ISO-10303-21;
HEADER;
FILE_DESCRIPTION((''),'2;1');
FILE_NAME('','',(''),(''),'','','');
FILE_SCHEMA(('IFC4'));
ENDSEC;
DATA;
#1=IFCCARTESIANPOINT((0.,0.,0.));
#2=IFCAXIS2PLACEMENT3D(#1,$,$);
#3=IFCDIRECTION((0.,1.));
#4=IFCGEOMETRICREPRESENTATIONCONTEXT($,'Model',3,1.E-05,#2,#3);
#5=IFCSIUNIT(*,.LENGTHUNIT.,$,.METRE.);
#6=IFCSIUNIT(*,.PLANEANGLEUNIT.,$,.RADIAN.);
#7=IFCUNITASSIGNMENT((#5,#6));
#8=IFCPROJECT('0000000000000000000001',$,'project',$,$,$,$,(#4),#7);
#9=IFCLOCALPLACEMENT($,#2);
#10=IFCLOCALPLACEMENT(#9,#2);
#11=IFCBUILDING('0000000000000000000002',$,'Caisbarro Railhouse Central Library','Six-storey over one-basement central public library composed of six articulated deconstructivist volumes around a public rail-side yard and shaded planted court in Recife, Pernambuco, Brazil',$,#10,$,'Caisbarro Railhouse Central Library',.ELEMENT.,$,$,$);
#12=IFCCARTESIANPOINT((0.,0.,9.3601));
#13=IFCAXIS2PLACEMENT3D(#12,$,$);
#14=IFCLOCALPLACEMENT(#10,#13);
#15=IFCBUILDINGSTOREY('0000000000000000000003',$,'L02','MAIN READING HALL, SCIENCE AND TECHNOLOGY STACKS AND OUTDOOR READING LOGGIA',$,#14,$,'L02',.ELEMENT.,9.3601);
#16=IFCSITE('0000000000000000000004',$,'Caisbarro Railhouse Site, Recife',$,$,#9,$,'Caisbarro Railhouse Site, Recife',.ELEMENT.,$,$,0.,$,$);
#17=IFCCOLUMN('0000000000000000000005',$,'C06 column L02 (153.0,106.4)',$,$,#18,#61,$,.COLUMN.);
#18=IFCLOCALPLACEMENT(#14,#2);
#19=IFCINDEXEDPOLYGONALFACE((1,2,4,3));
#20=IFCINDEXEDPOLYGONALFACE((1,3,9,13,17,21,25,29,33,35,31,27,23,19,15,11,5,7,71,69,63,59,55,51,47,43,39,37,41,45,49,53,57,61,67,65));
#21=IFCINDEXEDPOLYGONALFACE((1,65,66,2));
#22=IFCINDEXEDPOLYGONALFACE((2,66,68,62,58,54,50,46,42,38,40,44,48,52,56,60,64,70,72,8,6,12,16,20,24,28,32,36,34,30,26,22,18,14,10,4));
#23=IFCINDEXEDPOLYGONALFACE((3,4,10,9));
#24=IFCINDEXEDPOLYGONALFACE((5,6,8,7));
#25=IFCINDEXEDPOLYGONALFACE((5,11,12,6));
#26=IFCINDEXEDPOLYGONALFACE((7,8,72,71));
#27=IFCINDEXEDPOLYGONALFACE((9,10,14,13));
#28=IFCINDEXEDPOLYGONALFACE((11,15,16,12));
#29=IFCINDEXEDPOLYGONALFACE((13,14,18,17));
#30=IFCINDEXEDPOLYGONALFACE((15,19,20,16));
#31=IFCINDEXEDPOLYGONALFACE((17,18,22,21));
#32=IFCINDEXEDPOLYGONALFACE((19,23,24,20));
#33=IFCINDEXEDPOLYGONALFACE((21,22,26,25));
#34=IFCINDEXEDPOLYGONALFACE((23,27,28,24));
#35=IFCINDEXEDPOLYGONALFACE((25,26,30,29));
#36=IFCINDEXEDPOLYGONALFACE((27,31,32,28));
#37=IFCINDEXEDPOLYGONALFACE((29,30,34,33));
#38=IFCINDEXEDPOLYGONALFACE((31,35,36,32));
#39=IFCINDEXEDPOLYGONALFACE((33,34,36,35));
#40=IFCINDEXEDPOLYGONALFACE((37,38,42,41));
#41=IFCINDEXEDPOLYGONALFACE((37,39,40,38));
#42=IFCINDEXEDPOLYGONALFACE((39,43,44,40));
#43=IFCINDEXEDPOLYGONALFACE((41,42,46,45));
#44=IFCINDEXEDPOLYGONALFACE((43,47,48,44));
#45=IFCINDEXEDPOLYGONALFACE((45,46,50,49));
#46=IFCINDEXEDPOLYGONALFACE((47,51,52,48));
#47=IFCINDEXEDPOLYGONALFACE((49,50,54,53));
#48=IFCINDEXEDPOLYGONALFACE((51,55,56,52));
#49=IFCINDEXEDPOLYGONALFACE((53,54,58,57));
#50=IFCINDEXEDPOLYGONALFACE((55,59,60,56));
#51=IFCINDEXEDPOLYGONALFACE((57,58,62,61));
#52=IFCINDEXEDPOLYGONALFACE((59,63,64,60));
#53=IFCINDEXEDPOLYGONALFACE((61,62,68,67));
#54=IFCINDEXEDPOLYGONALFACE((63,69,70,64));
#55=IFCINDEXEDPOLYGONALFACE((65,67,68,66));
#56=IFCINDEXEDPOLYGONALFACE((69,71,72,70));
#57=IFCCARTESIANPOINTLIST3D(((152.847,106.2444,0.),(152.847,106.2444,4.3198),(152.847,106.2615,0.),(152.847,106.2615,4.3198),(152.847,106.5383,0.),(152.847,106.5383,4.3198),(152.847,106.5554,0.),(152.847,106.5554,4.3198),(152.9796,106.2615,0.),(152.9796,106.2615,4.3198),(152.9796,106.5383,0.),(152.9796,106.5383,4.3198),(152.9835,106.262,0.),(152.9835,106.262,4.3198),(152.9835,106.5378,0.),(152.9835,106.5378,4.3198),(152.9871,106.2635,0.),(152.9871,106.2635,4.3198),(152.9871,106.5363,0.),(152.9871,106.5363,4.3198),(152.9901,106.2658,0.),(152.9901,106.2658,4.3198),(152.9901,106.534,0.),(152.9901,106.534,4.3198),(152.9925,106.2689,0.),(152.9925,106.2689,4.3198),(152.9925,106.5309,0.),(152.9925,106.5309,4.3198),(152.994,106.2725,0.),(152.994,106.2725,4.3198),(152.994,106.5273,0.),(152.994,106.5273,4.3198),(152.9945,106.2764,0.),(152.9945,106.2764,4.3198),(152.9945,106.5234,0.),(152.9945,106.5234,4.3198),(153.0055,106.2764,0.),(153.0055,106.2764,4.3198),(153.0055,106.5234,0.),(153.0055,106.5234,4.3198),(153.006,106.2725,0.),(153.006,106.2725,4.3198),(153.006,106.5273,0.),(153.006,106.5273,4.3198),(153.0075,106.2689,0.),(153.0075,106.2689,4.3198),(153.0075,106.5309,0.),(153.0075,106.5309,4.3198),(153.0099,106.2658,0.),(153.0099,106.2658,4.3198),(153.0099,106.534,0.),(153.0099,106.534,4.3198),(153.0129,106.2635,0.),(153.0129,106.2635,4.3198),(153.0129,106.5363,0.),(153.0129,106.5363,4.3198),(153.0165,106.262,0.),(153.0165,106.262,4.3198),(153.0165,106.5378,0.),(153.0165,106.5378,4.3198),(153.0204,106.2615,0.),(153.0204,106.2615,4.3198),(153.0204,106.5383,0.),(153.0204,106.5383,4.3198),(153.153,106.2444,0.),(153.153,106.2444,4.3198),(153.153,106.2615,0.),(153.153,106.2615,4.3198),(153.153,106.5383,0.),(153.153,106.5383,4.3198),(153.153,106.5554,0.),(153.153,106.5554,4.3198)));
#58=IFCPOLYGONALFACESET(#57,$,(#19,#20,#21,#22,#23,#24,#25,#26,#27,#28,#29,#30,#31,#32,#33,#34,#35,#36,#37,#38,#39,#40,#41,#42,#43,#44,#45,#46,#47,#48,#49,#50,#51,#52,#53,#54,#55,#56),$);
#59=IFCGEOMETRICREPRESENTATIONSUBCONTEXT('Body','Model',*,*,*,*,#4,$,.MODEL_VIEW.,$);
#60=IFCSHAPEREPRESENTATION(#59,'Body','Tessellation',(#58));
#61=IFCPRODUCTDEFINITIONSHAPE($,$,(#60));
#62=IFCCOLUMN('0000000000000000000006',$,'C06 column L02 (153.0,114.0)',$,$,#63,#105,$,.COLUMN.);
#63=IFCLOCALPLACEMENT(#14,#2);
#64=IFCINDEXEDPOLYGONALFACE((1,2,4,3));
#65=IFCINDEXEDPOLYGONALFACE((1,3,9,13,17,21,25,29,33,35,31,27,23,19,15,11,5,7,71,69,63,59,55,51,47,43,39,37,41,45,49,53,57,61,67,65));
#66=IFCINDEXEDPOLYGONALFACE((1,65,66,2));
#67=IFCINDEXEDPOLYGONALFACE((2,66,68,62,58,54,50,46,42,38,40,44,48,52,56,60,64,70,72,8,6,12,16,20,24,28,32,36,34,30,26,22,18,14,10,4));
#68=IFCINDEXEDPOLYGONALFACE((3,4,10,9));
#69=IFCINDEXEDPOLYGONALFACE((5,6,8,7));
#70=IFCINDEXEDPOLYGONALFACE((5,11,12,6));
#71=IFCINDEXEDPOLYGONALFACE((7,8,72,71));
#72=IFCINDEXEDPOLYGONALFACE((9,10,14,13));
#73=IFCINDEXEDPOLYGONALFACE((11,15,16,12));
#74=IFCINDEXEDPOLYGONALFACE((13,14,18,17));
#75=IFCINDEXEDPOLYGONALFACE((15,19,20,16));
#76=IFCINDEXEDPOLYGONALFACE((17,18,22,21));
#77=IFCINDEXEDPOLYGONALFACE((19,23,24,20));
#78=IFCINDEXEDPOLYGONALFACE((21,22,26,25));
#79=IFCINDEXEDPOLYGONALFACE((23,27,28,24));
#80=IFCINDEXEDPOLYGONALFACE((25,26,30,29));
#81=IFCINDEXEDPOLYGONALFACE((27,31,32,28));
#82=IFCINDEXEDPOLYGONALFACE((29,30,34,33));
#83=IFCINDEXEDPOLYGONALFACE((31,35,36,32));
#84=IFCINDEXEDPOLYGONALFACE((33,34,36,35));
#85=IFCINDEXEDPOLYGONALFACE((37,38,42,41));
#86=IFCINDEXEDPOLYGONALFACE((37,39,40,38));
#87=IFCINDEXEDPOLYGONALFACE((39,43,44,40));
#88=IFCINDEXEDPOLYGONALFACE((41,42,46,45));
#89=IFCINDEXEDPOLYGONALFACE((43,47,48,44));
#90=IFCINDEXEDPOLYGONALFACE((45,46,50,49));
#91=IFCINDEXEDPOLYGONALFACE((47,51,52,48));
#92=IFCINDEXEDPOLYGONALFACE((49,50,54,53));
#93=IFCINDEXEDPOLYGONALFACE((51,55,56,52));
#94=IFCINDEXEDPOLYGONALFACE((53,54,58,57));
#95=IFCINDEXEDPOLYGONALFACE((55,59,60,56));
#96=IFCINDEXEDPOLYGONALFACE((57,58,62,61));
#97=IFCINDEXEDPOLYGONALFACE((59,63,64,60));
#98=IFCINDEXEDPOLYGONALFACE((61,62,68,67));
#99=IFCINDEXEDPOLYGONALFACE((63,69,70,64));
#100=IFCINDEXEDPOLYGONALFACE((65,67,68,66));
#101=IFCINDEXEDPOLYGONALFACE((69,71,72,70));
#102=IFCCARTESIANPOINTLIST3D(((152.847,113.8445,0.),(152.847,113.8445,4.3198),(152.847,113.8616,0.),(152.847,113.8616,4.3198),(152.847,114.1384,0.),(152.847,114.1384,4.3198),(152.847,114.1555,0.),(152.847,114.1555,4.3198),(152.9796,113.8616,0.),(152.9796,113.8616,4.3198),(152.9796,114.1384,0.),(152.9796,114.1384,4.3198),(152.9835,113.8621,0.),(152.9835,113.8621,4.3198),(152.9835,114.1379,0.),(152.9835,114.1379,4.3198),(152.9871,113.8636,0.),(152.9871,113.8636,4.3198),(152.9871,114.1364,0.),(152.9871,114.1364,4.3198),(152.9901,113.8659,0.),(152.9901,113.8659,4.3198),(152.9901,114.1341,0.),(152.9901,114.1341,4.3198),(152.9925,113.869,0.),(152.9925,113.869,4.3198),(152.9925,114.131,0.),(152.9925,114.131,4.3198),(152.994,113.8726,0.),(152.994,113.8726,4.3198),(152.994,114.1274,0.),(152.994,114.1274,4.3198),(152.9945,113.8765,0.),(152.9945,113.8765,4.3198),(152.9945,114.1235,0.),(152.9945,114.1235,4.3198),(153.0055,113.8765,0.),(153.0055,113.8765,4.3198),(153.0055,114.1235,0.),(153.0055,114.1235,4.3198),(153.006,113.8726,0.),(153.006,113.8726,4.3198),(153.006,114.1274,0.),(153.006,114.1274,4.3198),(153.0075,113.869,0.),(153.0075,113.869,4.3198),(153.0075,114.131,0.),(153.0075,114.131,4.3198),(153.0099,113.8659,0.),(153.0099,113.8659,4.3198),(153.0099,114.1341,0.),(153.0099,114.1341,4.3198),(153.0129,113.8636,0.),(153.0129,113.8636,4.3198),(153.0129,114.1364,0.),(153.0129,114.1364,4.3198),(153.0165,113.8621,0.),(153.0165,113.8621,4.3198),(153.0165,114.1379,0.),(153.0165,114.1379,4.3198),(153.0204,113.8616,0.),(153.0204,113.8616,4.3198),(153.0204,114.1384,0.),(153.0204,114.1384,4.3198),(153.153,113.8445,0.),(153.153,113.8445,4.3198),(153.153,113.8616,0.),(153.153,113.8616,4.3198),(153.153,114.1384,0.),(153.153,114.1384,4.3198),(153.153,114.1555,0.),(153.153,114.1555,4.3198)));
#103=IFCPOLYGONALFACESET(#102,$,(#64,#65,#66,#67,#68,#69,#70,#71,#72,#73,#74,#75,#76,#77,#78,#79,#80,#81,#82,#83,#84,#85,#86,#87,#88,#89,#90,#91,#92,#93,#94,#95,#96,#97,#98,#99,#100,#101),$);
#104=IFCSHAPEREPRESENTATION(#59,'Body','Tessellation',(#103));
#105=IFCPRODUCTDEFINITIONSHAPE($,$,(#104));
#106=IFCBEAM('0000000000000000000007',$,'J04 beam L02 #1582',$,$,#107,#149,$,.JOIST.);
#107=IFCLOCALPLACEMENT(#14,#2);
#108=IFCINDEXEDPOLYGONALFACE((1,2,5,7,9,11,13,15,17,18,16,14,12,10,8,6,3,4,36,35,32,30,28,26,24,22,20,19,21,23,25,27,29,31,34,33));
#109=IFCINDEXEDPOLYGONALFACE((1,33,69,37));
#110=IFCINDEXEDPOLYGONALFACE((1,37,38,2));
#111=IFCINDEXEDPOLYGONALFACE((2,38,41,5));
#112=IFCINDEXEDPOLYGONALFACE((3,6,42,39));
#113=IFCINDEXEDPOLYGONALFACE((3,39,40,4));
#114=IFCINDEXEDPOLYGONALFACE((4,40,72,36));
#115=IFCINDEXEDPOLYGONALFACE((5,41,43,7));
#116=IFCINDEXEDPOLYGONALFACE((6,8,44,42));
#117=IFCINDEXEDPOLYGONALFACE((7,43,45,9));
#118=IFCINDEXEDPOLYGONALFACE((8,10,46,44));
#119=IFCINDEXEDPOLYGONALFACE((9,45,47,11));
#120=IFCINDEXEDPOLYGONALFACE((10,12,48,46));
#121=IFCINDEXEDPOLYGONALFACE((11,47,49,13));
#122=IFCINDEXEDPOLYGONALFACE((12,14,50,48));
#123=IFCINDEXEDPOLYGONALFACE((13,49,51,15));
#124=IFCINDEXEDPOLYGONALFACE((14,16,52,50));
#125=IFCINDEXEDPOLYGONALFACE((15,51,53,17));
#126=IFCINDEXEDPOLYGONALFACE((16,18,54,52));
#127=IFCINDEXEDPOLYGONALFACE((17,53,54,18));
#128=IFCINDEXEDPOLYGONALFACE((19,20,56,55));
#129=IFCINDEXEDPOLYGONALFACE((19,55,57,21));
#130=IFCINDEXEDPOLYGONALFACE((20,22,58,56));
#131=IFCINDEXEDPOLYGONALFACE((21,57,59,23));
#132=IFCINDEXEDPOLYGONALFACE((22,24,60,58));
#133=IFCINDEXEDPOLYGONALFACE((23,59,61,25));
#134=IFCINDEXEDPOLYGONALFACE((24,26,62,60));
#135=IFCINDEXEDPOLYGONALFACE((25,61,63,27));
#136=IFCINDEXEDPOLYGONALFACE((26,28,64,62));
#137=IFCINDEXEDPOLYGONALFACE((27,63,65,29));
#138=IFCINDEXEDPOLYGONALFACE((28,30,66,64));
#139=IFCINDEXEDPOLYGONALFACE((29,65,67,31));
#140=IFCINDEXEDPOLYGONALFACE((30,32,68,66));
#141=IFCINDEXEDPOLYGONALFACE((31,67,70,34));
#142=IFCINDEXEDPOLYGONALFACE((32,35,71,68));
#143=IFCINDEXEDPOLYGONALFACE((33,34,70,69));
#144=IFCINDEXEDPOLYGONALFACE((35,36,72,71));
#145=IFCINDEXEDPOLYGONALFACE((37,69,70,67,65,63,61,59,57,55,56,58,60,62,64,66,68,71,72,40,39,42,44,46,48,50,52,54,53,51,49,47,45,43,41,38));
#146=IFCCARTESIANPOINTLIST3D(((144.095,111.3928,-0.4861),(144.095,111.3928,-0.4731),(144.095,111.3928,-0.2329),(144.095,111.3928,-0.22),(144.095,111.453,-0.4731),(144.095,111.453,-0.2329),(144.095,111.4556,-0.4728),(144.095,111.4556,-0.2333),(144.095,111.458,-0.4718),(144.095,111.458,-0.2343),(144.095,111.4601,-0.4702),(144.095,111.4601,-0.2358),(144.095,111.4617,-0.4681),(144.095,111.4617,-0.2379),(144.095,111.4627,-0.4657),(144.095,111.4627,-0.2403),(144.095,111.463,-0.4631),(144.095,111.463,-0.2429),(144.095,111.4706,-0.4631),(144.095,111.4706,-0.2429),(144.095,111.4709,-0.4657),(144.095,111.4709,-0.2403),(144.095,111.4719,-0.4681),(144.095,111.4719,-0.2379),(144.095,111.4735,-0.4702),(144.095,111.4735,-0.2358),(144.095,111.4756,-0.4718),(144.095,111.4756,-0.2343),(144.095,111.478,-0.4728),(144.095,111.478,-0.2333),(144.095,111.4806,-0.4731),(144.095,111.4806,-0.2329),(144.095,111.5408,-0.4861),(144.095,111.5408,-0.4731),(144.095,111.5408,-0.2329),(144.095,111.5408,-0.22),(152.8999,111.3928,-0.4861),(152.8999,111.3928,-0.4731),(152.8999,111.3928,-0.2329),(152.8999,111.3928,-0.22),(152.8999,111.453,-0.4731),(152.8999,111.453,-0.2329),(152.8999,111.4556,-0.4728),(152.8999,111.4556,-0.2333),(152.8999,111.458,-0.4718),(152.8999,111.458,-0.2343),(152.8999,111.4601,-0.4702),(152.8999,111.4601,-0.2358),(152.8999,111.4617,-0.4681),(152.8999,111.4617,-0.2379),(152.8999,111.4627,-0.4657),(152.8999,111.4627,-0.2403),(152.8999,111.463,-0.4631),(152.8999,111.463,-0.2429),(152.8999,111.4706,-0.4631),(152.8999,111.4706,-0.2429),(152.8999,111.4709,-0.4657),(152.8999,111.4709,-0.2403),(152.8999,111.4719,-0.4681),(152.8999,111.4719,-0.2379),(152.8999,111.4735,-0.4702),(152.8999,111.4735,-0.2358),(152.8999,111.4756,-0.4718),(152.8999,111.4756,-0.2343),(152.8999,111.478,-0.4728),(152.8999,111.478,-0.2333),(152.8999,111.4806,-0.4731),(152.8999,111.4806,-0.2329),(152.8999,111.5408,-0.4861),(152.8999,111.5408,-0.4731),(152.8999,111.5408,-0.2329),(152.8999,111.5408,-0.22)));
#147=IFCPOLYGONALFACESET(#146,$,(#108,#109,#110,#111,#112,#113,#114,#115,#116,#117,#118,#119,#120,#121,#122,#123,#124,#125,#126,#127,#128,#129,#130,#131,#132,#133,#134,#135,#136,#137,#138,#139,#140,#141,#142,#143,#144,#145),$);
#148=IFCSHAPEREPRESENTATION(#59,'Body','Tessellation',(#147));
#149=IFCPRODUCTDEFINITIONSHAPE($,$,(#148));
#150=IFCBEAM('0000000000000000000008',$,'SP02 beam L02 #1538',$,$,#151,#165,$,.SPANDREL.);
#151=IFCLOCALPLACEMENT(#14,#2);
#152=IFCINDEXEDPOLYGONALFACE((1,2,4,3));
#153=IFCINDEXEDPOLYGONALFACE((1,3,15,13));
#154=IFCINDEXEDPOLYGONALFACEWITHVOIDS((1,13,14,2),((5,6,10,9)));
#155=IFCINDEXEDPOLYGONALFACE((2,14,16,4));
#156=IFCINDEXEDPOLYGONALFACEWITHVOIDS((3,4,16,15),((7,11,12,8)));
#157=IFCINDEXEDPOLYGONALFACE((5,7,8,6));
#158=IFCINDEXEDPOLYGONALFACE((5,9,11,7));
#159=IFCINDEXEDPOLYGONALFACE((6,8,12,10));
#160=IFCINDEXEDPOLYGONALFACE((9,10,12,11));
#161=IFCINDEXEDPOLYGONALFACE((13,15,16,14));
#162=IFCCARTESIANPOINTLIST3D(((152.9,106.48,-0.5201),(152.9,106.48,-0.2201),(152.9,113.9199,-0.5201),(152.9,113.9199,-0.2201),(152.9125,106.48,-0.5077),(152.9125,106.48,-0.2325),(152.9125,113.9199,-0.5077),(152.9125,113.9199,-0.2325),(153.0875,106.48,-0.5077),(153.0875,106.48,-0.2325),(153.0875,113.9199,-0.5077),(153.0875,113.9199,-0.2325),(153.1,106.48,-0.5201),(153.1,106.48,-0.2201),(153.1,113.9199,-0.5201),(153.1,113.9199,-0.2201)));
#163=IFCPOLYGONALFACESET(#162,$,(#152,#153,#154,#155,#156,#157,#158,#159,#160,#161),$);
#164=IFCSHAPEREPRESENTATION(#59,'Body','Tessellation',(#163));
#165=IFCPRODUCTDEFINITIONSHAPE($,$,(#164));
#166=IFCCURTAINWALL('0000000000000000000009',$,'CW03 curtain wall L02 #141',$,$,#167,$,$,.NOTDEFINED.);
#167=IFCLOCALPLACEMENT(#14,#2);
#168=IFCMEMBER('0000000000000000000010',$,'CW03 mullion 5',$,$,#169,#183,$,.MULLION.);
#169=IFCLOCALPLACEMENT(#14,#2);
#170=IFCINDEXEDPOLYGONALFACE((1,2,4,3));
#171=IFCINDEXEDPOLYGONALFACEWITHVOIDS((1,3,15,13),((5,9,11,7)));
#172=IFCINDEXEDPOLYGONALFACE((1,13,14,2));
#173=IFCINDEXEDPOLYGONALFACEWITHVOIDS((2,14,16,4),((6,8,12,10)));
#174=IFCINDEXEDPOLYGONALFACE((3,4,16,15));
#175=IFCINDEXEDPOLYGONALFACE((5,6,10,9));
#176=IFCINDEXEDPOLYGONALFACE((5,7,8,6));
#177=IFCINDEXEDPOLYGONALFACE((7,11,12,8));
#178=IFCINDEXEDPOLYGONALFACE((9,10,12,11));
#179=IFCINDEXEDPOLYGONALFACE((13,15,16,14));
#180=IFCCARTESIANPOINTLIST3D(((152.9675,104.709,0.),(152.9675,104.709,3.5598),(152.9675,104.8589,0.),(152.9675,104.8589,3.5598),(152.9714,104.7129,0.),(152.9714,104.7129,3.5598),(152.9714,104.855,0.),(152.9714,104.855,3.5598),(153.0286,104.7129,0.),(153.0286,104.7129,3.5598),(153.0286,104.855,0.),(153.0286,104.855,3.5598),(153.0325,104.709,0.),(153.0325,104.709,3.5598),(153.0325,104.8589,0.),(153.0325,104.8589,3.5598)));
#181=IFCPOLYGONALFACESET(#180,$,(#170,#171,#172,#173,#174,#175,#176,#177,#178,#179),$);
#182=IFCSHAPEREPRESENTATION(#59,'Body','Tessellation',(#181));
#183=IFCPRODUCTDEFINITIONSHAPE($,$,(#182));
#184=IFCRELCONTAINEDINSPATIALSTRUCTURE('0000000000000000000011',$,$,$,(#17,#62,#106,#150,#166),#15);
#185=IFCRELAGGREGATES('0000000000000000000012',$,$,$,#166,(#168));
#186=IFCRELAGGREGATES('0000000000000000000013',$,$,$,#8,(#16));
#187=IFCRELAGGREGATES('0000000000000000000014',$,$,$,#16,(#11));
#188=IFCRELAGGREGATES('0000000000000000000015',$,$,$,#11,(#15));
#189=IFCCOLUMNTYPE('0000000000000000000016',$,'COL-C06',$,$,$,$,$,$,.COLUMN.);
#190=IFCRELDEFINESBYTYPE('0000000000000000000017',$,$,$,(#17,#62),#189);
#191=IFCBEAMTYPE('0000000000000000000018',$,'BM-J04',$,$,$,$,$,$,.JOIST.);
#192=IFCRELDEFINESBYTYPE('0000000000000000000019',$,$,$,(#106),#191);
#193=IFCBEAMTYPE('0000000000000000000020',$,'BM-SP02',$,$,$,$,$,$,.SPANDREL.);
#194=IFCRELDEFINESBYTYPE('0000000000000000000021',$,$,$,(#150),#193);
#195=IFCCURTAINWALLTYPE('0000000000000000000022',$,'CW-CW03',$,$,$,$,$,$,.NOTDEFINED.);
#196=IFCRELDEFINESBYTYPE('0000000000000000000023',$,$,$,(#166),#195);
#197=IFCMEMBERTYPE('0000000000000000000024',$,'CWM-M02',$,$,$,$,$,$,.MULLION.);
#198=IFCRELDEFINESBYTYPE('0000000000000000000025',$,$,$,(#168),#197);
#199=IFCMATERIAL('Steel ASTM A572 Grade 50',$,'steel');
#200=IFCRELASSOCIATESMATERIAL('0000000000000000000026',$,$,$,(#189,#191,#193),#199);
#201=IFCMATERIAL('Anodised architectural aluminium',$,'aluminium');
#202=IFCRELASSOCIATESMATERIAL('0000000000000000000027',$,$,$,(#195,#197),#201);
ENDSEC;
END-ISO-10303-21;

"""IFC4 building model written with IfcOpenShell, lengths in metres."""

from ifc_helpers import new_model, si_unit, direction, frame, origin, origin_2d, place, context, subcontext, project, spatial, hollow_rectangle, i_section, extrude, material, material_profile, profile_set, type_object, element, aggregate, save


model = new_model("IFC4")

# Units and contexts
model_context = context("Model", 3, precision=1e-05, world=origin(), true_north=direction((0.0, 1.0)))
body_context = subcontext(model_context, "Body", "Model", "MODEL_VIEW")
ifc_project = project(units=[si_unit("LENGTHUNIT", "METRE"), si_unit("PLANEANGLEUNIT", "RADIAN")], contexts=[model_context])

# Site, building, storey
site_placement = place(None, origin())
site = spatial("IfcSite", under=ifc_project, at=site_placement, Name="Caisbarro Railhouse Site, Recife", LongName="Caisbarro Railhouse Site, Recife", CompositionType="ELEMENT", RefElevation=0.0)
building_placement = place(site_placement, origin())
building = spatial("IfcBuilding", under=site, at=building_placement, Name="Caisbarro Railhouse Central Library", Description="Six-storey over one-basement central public library composed of six articulated deconstructivist volumes around a public rail-side yard and shaded planted court in Recife, Pernambuco, Brazil", LongName="Caisbarro Railhouse Central Library", CompositionType="ELEMENT")
storey_placement = place(building_placement, frame((0.0, 0.0, 9.3601)))
storey = spatial("IfcBuildingStorey", under=building, at=storey_placement, Name="L02", Description="MAIN READING HALL, SCIENCE AND TECHNOLOGY STACKS AND OUTDOOR READING LOGGIA", LongName="L02", CompositionType="ELEMENT", Elevation=9.3601)

# Columns
ifc_material_1 = material(Name="Steel ASTM A572 Grade 50", Category="steel")
ifc_material_profile_1 = material_profile(ifc_material_1, i_section(OverallWidth=0.3059, OverallDepth=0.311, WebThickness=0.011, FlangeThickness=0.0171, FilletRadius=0.0149, at=origin_2d()), Name="W310X107.0")
ifc_profile_set_1 = profile_set([ifc_material_profile_1], Name="Steel ASTM A572 Grade 50")
column_type = type_object("IfcColumnType", Name="COL-C06", PredefinedType="COLUMN", material=ifc_profile_set_1)
for number, where, z_axis, x_axis, name in (
    (1, (153.0, 106.3999, 0.0), (0.0, 0.0, 1.0), (1.0, 0.0, 0.0), "C06 column L02 (153.0,106.4)"),
    (2, (153.0, 114.0, 0.0), (0.0, 0.0, 1.0), (1.0, 0.0, 0.0), "C06 column L02 (153.0,114.0)"),
):
    element("IfcColumn", number, at=place(storey_placement, frame(where, z_axis=z_axis, x_axis=x_axis)), inside=storey, type_object=column_type, Name=name, PredefinedType="COLUMN", context=body_context, shape_type="SweptSolid", body=[
        extrude(i_section(OverallWidth=0.3059, OverallDepth=0.311, WebThickness=0.011, FlangeThickness=0.0171, FilletRadius=0.0149, at=origin_2d()), origin(), (0.0, 0.0, 1.0), 4.3198),
    ])

# Beams
ifc_material_profile_2 = material_profile(ifc_material_1, i_section(OverallWidth=0.1479, OverallDepth=0.2661, WebThickness=0.0076, FlangeThickness=0.0129, FilletRadius=0.01, at=origin_2d()), Name="W250X44.8")
ifc_profile_set_2 = profile_set([ifc_material_profile_2], Name="Steel ASTM A572 Grade 50")
beam_type_1 = type_object("IfcBeamType", Name="BM-J04", PredefinedType="JOIST", material=ifc_profile_set_2)
beam_1_placement = place(storey_placement, frame((144.095, 111.4668, -0.353), z_axis=(1.0, 0.0, 0.0), x_axis=(0.0, 1.0, 0.0)))
element("IfcBeam", 3, at=beam_1_placement, inside=storey, type_object=beam_type_1, Name="J04 beam L02 #1582", PredefinedType="JOIST", context=body_context, shape_type="SweptSolid", body=[
    extrude(i_section(OverallWidth=0.1479, OverallDepth=0.2661, WebThickness=0.0076, FlangeThickness=0.0129, FilletRadius=0.01, at=origin_2d()), origin(), (0.0, 0.0, 1.0), 8.8049),
])
ifc_material_profile_3 = material_profile(ifc_material_1, hollow_rectangle(XDim=0.2, YDim=0.3, WallThickness=0.0125, at=origin_2d()), Name="HSS300X200X12.5")
ifc_profile_set_3 = profile_set([ifc_material_profile_3], Name="Steel ASTM A572 Grade 50")
beam_type_2 = type_object("IfcBeamType", Name="BM-SP02", PredefinedType="SPANDREL", material=ifc_profile_set_3)
beam_2_placement = place(storey_placement, frame((153.0, 106.48, -0.3701), z_axis=(0.0, 1.0, 0.0), x_axis=(-1.0, 0.0, 0.0)))
element("IfcBeam", 4, at=beam_2_placement, inside=storey, type_object=beam_type_2, Name="SP02 beam L02 #1538", PredefinedType="SPANDREL", context=body_context, shape_type="SweptSolid", body=[
    extrude(hollow_rectangle(XDim=0.2, YDim=0.3, WallThickness=0.0125, at=origin_2d()), origin(), (0.0, 0.0, 1.0), 7.4399),
])

# Curtain wall, member
ifc_material_2 = material(Name="Anodised architectural aluminium", Category="aluminium")
curtain_wall_type = type_object("IfcCurtainWallType", Name="CW-CW03", PredefinedType="NOTDEFINED", material=ifc_material_2)
curtain_wall_placement = place(storey_placement, origin())
curtain_wall = element("IfcCurtainWall", 5, at=curtain_wall_placement, inside=storey, type_object=curtain_wall_type, Name="CW03 curtain wall L02 #141", PredefinedType="NOTDEFINED")
ifc_material_profile_4 = material_profile(ifc_material_2, hollow_rectangle(XDim=0.0649, YDim=0.1499, WallThickness=0.0039, at=origin_2d()), Name="ALU-MUL-65X150")
ifc_profile_set_4 = profile_set([ifc_material_profile_4], Name="Anodised architectural aluminium")
member_type_1 = type_object("IfcMemberType", Name="CWM-M02", PredefinedType="MULLION", material=ifc_profile_set_4)
member_1_placement = place(storey_placement, frame((153.0, 104.7839, 0.0), z_axis=(0.0, 0.0, 1.0), x_axis=(-1.0, 0.0, 0.0)))
member_1 = element("IfcMember", 6, at=member_1_placement, type_object=member_type_1, Name="CW03 mullion 5", PredefinedType="MULLION", context=body_context, shape_type="SweptSolid", body=[
    extrude(hollow_rectangle(XDim=0.0649, YDim=0.1499, WallThickness=0.0039, at=origin_2d()), origin(), (0.0, 0.0, 1.0), 3.5598),
])
aggregate(curtain_wall, [member_1])

save(model, "model.ifc")
